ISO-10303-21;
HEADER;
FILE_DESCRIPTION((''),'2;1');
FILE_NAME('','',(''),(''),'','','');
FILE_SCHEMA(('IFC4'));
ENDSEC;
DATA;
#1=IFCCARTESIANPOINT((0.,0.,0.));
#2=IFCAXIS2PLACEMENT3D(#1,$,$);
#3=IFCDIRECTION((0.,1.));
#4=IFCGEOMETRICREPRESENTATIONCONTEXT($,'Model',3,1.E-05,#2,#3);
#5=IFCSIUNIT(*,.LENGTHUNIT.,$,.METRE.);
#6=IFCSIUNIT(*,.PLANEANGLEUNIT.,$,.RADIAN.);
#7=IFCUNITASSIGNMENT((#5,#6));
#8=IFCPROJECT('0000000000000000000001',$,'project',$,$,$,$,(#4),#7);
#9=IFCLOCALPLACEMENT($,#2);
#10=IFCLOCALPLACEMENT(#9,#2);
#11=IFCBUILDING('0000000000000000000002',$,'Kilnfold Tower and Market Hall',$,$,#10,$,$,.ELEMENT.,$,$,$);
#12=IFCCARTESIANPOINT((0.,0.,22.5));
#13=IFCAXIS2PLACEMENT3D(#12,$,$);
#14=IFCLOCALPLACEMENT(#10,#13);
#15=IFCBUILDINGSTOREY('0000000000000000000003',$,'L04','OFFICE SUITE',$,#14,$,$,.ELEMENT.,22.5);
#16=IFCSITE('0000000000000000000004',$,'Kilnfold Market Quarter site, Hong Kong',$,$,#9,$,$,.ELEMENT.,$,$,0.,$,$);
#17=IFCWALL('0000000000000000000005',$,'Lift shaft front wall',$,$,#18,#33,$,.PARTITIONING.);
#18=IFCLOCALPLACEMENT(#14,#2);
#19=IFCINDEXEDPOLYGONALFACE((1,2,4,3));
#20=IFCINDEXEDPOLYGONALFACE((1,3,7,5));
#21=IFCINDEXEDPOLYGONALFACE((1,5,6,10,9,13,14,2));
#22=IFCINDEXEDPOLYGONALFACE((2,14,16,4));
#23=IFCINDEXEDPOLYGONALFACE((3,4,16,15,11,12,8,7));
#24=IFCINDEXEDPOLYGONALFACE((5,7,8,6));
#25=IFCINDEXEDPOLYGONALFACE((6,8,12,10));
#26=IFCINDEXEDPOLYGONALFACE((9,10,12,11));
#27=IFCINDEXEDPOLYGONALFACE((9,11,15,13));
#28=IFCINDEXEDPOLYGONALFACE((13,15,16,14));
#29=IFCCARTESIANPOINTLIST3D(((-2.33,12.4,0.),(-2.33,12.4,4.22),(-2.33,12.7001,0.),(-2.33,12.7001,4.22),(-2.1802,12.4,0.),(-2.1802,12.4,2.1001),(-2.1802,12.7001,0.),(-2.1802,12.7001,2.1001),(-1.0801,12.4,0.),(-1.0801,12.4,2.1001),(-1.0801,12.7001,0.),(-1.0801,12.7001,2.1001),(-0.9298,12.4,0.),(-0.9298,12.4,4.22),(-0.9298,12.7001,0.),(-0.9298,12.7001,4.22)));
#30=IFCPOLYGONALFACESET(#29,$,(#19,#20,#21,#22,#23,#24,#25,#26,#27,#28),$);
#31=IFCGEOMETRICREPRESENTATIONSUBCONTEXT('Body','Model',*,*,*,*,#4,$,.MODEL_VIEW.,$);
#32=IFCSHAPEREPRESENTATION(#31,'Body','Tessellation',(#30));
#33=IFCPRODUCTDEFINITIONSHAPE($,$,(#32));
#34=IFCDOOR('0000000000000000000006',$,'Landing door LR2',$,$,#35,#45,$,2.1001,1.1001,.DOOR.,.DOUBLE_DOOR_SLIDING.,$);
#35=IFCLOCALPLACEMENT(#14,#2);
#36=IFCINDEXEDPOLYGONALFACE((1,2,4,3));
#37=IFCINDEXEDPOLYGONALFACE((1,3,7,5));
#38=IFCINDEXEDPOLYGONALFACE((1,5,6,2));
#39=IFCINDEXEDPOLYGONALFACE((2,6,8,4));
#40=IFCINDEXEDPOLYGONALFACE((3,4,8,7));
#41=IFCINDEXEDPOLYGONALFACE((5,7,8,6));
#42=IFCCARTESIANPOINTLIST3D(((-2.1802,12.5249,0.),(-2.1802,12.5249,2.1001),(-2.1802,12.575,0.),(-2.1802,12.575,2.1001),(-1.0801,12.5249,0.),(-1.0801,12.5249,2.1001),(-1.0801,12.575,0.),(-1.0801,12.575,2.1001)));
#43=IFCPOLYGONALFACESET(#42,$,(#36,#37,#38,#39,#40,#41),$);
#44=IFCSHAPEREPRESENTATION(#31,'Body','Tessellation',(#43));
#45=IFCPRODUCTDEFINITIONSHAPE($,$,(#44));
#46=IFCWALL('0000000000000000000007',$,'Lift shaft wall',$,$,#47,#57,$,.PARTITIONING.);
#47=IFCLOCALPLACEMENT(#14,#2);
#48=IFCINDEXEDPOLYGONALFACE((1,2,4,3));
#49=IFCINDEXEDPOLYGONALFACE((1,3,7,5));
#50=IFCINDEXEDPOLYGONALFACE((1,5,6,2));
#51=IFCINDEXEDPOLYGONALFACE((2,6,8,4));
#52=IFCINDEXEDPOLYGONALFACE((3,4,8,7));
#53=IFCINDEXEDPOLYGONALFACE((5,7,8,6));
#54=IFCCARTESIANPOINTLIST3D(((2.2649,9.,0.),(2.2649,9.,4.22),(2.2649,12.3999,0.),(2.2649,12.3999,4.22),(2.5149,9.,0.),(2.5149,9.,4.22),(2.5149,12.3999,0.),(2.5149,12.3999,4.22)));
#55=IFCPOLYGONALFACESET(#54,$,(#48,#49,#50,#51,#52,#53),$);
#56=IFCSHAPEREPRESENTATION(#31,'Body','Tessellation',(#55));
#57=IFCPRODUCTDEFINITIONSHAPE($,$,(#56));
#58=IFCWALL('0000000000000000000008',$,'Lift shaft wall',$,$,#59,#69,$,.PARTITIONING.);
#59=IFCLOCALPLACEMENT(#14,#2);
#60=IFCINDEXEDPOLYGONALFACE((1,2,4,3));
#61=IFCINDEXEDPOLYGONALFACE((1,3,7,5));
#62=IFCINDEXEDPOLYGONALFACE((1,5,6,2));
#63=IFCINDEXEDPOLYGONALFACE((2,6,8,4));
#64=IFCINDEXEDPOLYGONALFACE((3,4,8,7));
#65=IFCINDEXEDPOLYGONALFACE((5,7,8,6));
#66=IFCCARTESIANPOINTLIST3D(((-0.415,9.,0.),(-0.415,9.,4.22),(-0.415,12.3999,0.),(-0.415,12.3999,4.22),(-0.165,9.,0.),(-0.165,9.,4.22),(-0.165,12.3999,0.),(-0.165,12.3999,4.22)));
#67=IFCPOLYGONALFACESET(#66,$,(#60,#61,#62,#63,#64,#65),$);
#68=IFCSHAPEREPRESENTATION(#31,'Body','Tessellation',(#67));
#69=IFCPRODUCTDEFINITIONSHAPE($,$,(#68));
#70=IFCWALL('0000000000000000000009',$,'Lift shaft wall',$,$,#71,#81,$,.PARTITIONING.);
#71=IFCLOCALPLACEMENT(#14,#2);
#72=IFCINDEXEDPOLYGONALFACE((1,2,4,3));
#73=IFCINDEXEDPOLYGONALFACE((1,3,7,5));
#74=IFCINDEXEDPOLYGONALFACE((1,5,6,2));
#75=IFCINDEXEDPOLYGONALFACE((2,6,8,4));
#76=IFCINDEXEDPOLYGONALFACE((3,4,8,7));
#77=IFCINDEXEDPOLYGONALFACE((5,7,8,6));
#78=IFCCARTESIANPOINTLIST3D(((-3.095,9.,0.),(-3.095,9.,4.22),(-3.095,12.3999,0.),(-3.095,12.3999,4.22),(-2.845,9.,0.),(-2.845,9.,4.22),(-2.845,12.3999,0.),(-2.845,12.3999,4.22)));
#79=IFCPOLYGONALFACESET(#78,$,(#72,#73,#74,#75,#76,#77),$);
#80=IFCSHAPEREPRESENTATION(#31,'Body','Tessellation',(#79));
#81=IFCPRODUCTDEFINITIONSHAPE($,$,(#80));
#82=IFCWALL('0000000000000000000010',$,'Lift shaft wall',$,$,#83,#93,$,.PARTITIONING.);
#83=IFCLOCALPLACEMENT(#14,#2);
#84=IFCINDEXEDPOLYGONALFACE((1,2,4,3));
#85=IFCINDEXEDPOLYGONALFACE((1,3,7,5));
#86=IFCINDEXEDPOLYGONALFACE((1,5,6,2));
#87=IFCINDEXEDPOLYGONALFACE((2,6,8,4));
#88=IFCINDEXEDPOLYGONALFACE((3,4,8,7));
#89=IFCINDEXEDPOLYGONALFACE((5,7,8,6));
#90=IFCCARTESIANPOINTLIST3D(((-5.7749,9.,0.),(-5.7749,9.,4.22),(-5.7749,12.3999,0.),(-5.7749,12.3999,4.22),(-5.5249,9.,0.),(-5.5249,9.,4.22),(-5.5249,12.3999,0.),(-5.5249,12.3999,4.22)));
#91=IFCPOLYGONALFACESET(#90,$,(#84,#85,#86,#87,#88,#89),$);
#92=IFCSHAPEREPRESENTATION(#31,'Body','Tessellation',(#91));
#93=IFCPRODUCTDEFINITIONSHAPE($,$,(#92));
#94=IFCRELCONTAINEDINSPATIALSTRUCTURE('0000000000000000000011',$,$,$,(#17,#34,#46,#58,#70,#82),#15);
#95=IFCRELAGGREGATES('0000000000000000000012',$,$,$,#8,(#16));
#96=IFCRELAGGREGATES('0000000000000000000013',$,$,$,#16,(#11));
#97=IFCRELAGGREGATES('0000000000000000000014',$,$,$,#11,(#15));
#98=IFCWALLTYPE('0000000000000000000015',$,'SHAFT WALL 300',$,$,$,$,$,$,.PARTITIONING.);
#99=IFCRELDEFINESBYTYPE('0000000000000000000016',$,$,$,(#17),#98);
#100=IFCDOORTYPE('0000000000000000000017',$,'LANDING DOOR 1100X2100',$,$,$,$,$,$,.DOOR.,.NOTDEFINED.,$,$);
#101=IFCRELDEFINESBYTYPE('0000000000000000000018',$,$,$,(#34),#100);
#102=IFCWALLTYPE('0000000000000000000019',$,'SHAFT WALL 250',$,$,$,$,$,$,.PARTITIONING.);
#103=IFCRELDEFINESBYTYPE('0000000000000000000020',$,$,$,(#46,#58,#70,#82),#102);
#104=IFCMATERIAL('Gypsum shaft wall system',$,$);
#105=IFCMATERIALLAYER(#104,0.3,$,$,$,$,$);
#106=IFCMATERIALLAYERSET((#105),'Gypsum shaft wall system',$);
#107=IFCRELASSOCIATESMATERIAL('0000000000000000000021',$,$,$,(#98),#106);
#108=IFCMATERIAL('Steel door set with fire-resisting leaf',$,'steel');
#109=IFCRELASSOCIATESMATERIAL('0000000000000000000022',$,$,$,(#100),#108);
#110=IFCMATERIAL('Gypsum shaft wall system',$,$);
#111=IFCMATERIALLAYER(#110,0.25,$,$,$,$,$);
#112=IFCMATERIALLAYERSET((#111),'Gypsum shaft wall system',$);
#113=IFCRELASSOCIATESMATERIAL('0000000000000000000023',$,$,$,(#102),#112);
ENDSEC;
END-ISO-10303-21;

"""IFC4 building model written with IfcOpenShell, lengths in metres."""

from ifc_helpers import new_model, si_unit, direction, frame, frame_2d, origin, place, context, subcontext, project, spatial, rectangle, extrude, source, transform, mapped, material, layer, layer_set, type_object, element, fill, save


model = new_model("IFC4")

# Units and contexts
model_context = context("Model", 3, precision=1e-05, world=origin(), true_north=direction((0.0, 1.0)))
body_context = subcontext(model_context, "Body", "Model", "MODEL_VIEW")
ifc_project = project(units=[si_unit("LENGTHUNIT", "METRE"), si_unit("PLANEANGLEUNIT", "RADIAN")], contexts=[model_context])

# Site, building, storey
site_placement = place(None, origin())
site = spatial("IfcSite", under=ifc_project, at=site_placement, Name="Kilnfold Market Quarter site, Hong Kong", CompositionType="ELEMENT", RefElevation=0.0)
building_placement = place(site_placement, origin())
building = spatial("IfcBuilding", under=site, at=building_placement, Name="Kilnfold Tower and Market Hall", CompositionType="ELEMENT")
storey_placement = place(building_placement, frame((0.0, 0.0, 22.5)))
storey = spatial("IfcBuildingStorey", under=building, at=storey_placement, Name="L04", Description="OFFICE SUITE", CompositionType="ELEMENT", Elevation=22.5)

# Wall, opening, door
ifc_material_1 = material(Name="Gypsum shaft wall system")
ifc_layer_1 = layer(ifc_material_1, 0.3)
ifc_layer_set_1 = layer_set([ifc_layer_1], Name="Gypsum shaft wall system")
wall_type_1 = type_object("IfcWallType", Name="SHAFT WALL 300", PredefinedType="PARTITIONING", material=ifc_layer_set_1)
ifc_material_2 = material(Name="Steel door set with fire-resisting leaf", Category="steel")
door_type = type_object("IfcDoorType", Name="LANDING DOOR 1100X2100", OperationType="NOTDEFINED", PredefinedType="DOOR", material=ifc_material_2)
shared_shape_1 = source(origin(), body_context, "Body", "SweptSolid", [
    extrude(rectangle(XDim=1.4001, YDim=0.3, at=frame_2d((0.7002, 0.0))), origin(), (0.0, 0.0, 1.0), 4.22),
])
wall_1_placement = place(storey_placement, frame((-2.3301, 12.55, 0.0), z_axis=(0.0, 0.0, 1.0), x_axis=(1.0, 0.0, 0.0)))
wall_1 = element("IfcWall", 1, at=wall_1_placement, inside=storey, type_object=wall_type_1, Name="Lift shaft front wall", PredefinedType="PARTITIONING", context=body_context, shape_type="MappedRepresentation", body=[
    mapped(shared_shape_1, transform((0.0, 0.0, 0.0))),
])
opening_1_placement = place(wall_1_placement, frame((0.1499, 0.0, 0.0)))
opening_1 = element("IfcOpeningElement", 2, at=opening_1_placement, cuts=wall_1, PredefinedType="OPENING", context=body_context, shape_type="SweptSolid", body=[
    extrude(rectangle(XDim=1.1001, YDim=2.1001, at=frame_2d((0.55, 1.05))), frame((0.0, 0.1602, 0.0), z_axis=(0.0, -1.0, 0.0), x_axis=(1.0, 0.0, 0.0)), (0.0, 0.0, 1.0), 0.3201),
])
door_1_placement = place(opening_1_placement, origin())
door_1 = element("IfcDoor", 3, at=door_1_placement, inside=storey, type_object=door_type, Name="Landing door LR2", OperationType="DOUBLE_DOOR_SLIDING", OverallHeight=2.1001, OverallWidth=1.1001, PredefinedType="DOOR", context=body_context, shape_type="SweptSolid", body=[
    extrude(rectangle(XDim=1.1001, YDim=2.1001, at=frame_2d((0.55, 1.05))), frame((0.0, 0.0249, 0.0), z_axis=(0.0, -1.0, 0.0), x_axis=(1.0, 0.0, 0.0)), (0.0, 0.0, 1.0), 0.05),
])
fill(opening_1, door_1)

# Walls
ifc_material_3 = material(Name="Gypsum shaft wall system")
ifc_layer_2 = layer(ifc_material_3, 0.25)
ifc_layer_set_2 = layer_set([ifc_layer_2], Name="Gypsum shaft wall system")
wall_type_2 = type_object("IfcWallType", Name="SHAFT WALL 250", PredefinedType="PARTITIONING", material=ifc_layer_set_2)
shared_shape_2 = source(origin(), body_context, "Body", "SweptSolid", [
    extrude(rectangle(XDim=3.3999, YDim=0.25, at=frame_2d((1.7, 0.0))), origin(), (0.0, 0.0, 1.0), 4.22),
])
for number, where, z_axis, x_axis, name in (
    (4, (2.3899, 9.0, 0.0), (0.0, 0.0, 1.0), (0.0, 1.0, 0.0), "Lift shaft wall"),
    (5, (-0.29, 9.0, 0.0), (0.0, 0.0, 1.0), (0.0, 1.0, 0.0), "Lift shaft wall"),
    (6, (-2.97, 9.0, 0.0), (0.0, 0.0, 1.0), (0.0, 1.0, 0.0), "Lift shaft wall"),
    (7, (-5.6499, 9.0, 0.0), (0.0, 0.0, 1.0), (0.0, 1.0, 0.0), "Lift shaft wall"),
):
    element("IfcWall", number, at=place(storey_placement, frame(where, z_axis=z_axis, x_axis=x_axis)), inside=storey, type_object=wall_type_2, Name=name, PredefinedType="PARTITIONING", context=body_context, shape_type="MappedRepresentation", body=[
        mapped(shared_shape_2, transform((0.0, 0.0, 0.0))),
    ])

save(model, "model.ifc")
